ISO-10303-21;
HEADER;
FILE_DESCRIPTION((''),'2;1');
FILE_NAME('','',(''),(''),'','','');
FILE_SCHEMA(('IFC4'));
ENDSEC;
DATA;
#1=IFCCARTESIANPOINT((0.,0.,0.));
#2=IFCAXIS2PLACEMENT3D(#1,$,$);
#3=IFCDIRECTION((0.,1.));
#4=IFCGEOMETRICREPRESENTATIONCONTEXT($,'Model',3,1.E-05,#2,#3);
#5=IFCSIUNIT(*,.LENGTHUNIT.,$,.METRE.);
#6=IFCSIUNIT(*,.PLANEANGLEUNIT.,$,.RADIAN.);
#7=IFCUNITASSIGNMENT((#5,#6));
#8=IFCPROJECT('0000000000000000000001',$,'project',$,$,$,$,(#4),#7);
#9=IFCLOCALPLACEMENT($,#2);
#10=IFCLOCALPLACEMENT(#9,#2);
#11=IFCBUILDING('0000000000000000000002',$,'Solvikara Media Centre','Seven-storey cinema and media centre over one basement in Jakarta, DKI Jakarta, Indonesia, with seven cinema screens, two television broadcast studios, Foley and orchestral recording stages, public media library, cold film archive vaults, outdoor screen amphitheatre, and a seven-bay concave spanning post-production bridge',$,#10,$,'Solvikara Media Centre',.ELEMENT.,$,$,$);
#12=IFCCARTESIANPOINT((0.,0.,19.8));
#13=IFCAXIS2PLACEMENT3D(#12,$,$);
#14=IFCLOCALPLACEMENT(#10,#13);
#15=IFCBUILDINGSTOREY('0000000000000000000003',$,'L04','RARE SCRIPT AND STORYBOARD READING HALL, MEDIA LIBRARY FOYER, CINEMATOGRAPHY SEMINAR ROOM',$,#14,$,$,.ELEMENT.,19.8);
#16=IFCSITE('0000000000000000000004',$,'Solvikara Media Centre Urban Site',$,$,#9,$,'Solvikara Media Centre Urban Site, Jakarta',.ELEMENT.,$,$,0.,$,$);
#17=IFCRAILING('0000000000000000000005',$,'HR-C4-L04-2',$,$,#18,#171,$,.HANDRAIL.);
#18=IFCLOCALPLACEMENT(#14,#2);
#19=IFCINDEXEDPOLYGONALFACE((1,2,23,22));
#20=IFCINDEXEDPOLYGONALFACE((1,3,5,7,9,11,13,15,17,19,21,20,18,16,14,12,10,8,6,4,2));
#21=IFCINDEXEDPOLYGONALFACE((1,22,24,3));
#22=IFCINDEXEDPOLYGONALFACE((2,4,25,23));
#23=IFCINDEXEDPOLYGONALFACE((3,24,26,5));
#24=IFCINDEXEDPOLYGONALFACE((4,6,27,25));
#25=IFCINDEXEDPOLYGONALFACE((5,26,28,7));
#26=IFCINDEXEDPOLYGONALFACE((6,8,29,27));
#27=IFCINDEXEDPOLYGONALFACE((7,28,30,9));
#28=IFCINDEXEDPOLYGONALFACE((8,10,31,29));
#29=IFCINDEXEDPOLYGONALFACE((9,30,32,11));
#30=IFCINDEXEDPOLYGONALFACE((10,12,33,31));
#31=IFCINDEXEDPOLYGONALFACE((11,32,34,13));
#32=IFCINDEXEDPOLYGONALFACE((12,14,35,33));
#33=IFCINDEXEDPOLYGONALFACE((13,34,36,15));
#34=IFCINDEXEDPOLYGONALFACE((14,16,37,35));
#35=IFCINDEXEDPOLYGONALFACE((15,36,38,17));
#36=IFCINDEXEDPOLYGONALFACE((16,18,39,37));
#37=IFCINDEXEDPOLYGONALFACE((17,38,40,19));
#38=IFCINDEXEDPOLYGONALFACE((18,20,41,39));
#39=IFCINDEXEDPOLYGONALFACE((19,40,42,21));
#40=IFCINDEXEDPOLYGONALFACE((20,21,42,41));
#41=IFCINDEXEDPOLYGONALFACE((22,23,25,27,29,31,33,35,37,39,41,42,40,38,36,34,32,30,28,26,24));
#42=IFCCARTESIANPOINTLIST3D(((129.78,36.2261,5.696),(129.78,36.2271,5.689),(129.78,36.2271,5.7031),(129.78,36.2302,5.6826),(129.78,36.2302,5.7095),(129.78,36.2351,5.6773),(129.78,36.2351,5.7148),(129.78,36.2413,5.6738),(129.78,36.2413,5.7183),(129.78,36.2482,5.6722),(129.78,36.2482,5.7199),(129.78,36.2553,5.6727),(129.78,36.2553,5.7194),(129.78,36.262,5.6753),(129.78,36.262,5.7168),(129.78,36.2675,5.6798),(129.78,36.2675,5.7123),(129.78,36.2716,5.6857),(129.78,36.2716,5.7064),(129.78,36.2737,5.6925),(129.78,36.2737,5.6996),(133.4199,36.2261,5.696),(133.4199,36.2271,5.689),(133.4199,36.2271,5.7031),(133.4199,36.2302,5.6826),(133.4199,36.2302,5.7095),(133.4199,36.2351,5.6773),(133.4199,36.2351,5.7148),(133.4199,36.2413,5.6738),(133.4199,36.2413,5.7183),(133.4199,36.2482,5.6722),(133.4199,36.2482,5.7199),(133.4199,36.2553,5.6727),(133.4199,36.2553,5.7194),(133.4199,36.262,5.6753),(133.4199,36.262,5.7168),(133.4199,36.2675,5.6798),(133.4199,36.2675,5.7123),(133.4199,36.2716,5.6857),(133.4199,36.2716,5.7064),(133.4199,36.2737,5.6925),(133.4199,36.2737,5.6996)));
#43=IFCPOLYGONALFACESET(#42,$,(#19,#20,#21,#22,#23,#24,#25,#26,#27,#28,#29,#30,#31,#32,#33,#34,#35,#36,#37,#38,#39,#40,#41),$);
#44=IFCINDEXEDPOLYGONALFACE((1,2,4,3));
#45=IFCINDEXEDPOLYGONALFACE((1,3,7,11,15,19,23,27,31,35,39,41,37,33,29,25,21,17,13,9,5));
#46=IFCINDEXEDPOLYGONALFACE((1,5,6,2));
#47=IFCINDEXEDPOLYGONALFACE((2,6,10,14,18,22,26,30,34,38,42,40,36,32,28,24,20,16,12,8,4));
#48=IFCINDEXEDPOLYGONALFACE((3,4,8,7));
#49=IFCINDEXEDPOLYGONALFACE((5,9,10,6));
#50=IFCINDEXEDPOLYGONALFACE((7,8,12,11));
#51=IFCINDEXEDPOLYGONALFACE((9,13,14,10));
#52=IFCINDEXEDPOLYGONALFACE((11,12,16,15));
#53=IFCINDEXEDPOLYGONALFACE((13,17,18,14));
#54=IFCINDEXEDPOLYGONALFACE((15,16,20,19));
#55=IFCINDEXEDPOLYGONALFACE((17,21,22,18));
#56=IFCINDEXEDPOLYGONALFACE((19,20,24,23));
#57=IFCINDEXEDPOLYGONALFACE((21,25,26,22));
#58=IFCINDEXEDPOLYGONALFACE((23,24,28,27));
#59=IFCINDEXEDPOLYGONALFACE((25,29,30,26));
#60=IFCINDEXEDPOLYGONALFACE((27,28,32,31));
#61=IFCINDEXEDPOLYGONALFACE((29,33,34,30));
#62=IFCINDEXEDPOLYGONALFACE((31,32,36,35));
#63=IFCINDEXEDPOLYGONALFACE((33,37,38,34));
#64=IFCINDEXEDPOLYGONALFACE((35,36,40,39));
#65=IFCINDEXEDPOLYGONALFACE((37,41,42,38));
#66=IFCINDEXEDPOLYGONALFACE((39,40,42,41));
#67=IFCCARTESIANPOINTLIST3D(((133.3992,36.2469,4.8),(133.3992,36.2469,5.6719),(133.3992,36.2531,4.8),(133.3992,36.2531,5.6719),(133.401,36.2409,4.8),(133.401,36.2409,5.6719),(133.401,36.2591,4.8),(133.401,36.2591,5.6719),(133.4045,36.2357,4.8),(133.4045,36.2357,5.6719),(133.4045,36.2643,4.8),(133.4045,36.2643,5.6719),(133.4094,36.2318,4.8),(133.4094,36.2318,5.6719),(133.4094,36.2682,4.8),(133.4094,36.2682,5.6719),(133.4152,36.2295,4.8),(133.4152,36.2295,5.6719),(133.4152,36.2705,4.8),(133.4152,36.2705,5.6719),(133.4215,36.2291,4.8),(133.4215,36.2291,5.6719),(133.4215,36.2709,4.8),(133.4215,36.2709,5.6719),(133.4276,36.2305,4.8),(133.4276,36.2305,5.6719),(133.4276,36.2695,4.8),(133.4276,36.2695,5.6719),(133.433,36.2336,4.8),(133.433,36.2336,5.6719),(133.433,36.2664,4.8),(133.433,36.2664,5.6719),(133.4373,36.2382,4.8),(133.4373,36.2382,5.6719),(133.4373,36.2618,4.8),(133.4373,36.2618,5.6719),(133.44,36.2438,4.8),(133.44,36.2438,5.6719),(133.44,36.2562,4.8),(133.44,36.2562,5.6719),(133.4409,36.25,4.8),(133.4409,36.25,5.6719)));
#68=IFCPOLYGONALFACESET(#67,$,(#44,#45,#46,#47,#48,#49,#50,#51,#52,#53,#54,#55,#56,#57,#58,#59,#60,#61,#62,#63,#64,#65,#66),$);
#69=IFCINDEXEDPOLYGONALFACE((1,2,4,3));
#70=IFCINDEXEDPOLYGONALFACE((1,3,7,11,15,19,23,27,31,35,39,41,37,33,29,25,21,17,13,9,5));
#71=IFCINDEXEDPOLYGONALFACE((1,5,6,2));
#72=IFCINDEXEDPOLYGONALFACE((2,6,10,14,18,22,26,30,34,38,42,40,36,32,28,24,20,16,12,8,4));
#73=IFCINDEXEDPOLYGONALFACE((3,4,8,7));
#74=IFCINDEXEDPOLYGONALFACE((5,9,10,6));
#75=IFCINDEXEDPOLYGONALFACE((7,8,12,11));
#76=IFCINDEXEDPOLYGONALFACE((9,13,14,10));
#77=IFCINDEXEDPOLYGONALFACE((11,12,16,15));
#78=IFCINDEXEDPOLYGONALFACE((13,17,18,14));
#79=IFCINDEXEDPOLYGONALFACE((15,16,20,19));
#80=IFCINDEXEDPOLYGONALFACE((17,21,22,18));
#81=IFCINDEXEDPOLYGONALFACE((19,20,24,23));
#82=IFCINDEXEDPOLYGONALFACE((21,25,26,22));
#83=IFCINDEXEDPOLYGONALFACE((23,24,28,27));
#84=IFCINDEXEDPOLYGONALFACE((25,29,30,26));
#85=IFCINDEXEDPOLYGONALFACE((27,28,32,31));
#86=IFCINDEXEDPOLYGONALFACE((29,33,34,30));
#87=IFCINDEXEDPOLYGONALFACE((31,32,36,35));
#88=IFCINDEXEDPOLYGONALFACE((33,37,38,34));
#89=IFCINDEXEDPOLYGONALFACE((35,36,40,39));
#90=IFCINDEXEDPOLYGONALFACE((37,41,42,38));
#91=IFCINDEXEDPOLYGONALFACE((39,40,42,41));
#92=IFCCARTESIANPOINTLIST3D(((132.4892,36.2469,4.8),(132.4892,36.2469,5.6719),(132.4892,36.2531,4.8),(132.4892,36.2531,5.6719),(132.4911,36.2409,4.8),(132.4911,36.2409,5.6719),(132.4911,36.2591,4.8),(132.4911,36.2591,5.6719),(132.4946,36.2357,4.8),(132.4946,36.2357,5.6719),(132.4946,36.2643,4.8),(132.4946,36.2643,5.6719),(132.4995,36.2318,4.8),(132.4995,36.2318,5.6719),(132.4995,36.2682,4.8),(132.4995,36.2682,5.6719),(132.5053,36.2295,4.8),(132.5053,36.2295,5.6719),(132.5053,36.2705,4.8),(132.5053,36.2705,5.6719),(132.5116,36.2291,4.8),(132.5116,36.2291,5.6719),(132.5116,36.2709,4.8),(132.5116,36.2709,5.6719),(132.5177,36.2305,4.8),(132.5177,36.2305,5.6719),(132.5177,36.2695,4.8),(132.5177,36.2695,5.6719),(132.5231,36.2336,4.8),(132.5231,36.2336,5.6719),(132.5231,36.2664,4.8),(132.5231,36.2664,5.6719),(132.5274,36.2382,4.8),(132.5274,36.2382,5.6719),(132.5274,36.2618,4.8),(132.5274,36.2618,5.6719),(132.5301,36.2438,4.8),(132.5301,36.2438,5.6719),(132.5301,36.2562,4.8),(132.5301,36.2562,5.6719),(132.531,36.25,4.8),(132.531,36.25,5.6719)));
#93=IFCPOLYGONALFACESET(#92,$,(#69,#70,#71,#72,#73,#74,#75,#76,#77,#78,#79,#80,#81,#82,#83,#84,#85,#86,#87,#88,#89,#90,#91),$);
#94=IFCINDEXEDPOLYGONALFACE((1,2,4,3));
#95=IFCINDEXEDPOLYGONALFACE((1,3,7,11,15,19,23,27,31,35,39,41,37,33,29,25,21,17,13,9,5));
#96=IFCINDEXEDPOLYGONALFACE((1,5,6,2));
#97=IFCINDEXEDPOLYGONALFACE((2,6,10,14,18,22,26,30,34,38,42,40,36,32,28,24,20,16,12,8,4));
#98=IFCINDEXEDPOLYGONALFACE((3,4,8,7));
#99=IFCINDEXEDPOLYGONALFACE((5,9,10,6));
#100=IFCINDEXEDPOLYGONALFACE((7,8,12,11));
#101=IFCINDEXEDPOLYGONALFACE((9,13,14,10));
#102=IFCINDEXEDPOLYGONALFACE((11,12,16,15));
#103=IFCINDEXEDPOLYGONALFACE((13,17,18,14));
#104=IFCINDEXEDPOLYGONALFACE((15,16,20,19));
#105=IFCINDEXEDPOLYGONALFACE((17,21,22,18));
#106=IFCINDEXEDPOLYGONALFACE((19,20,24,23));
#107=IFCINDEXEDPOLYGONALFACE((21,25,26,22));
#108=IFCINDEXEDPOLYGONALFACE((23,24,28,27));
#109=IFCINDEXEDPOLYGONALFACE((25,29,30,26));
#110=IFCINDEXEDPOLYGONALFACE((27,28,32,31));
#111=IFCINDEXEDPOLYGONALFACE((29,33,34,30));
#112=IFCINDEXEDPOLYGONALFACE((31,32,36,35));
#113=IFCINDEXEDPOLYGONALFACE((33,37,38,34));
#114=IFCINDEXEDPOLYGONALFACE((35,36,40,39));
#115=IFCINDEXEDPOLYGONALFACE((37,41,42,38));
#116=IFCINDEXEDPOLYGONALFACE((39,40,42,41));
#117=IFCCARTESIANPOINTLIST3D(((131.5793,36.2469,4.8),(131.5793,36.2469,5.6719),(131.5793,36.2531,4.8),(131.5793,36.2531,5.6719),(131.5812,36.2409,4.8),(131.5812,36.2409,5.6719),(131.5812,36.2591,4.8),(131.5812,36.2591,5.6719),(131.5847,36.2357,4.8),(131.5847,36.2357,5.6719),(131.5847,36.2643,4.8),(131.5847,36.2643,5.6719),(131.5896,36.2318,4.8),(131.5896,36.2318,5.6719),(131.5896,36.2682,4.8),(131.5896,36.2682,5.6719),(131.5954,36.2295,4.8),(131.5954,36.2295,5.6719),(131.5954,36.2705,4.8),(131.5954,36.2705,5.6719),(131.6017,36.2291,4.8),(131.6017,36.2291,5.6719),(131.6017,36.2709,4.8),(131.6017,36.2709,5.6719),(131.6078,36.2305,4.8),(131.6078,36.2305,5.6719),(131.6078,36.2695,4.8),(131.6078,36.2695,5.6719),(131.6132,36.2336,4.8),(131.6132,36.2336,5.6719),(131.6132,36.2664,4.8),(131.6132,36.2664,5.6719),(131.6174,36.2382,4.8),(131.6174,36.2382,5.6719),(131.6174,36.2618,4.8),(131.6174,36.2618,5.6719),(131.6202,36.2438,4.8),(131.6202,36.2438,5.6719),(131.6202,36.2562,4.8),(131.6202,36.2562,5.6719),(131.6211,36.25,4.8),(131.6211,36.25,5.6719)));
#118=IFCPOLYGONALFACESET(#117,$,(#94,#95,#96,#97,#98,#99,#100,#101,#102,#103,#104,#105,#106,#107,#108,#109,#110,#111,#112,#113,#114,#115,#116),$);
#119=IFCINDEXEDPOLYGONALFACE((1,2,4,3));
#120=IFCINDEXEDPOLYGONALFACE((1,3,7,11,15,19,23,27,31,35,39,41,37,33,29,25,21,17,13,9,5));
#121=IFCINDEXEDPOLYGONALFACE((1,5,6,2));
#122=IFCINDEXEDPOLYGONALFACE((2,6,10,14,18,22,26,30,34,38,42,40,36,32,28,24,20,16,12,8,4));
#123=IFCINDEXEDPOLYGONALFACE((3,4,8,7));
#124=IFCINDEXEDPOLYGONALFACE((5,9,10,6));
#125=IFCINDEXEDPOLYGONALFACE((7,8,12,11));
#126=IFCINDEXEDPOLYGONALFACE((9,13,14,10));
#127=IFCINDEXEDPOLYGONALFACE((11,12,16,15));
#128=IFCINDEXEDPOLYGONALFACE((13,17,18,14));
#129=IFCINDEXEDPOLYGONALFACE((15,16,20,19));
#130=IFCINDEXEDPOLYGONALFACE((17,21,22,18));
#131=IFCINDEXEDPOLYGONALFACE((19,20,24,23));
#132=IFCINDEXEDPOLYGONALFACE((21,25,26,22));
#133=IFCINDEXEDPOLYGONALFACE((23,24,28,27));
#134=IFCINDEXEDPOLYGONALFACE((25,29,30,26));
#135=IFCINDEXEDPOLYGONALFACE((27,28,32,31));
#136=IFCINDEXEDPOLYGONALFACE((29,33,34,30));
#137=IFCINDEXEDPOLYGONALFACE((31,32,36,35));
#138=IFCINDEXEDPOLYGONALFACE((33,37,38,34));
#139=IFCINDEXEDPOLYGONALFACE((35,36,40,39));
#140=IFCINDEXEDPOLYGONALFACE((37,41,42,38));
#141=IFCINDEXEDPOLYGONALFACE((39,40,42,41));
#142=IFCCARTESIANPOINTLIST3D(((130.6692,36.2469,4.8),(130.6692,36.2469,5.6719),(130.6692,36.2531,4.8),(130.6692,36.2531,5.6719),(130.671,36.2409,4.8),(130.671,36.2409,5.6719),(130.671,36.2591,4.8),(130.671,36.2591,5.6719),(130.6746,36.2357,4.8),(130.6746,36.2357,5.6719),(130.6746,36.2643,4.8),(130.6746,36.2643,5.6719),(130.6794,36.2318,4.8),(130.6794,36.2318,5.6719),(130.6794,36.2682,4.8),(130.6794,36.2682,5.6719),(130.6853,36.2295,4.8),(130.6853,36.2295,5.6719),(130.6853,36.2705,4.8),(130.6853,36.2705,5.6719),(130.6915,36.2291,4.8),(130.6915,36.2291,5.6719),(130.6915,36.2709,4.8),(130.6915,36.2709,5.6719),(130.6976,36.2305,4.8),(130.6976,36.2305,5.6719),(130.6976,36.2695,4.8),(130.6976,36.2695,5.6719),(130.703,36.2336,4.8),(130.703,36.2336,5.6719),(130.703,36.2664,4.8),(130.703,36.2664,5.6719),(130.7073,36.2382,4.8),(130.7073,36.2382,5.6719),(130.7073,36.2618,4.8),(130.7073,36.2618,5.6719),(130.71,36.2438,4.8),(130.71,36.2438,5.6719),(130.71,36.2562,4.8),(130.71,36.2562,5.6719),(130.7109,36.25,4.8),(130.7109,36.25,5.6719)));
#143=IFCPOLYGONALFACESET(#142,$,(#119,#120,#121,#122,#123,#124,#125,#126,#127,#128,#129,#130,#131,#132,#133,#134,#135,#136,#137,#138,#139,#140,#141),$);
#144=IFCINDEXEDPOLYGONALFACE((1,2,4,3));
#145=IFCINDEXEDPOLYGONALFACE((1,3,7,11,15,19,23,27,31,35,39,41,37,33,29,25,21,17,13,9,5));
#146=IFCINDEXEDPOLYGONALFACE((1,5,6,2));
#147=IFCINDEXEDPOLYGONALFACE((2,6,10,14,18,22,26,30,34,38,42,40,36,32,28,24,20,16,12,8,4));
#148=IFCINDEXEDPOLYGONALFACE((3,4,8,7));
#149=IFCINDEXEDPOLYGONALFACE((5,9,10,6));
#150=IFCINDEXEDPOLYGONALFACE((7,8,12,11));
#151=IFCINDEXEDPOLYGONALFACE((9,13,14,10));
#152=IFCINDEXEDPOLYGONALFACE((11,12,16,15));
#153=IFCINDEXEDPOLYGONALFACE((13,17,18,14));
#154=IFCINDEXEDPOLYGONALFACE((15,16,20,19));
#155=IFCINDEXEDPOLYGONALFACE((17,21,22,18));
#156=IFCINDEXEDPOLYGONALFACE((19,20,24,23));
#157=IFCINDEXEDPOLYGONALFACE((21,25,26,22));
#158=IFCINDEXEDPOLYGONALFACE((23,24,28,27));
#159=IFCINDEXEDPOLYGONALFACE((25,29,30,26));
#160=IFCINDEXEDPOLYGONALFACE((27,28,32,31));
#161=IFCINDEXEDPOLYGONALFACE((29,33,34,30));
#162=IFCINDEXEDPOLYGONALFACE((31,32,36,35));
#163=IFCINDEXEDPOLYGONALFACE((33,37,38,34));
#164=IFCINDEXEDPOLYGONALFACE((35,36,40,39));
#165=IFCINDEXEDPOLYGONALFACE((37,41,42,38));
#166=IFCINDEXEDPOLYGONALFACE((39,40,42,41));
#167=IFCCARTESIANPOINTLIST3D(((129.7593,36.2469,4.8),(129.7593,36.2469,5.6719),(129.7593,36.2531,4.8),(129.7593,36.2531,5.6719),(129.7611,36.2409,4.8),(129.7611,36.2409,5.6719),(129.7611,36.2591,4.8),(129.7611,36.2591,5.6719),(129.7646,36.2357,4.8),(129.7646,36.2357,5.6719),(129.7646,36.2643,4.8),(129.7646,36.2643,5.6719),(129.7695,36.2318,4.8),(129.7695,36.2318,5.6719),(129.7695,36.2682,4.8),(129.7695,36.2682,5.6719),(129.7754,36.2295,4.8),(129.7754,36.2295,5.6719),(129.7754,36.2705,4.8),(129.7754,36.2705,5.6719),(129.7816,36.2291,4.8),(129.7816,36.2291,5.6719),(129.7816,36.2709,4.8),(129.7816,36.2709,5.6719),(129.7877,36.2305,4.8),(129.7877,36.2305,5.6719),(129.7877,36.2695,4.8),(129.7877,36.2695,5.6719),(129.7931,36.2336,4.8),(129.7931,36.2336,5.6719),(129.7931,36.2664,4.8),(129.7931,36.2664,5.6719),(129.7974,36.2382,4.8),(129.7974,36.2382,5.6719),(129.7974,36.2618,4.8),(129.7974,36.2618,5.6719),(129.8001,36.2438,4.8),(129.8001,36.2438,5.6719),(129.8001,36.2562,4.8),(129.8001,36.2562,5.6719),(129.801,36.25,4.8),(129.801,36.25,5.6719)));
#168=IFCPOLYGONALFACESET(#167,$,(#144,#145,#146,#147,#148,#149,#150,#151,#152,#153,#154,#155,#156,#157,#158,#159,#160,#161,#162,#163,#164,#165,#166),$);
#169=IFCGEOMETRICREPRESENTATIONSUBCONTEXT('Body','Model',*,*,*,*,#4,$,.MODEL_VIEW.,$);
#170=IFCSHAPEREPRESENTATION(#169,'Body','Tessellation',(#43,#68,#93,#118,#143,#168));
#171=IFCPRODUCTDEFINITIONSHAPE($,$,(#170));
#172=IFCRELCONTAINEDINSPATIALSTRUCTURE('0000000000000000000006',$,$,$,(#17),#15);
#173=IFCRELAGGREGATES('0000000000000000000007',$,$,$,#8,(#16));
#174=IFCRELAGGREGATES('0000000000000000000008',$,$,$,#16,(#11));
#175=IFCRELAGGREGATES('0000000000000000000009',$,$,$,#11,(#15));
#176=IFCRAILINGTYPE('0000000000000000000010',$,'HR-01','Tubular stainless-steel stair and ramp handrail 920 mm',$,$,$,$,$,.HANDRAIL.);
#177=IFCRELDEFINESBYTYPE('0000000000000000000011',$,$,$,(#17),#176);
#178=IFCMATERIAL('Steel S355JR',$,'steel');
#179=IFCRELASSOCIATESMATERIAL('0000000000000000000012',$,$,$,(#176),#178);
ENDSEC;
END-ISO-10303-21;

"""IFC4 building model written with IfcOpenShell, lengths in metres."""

from ifc_helpers import new_model, si_unit, direction, frame, origin, origin_2d, place, context, subcontext, project, spatial, circle, extrude, material, type_object, element, save


model = new_model("IFC4")

# Units and contexts
model_context = context("Model", 3, precision=1e-05, world=origin(), true_north=direction((0.0, 1.0)))
body_context = subcontext(model_context, "Body", "Model", "MODEL_VIEW")
ifc_project = project(units=[si_unit("LENGTHUNIT", "METRE"), si_unit("PLANEANGLEUNIT", "RADIAN")], contexts=[model_context])

# Site, building, storey
site_placement = place(None, origin())
site = spatial("IfcSite", under=ifc_project, at=site_placement, Name="Solvikara Media Centre Urban Site", LongName="Solvikara Media Centre Urban Site, Jakarta", CompositionType="ELEMENT", RefElevation=0.0)
building_placement = place(site_placement, origin())
building = spatial("IfcBuilding", under=site, at=building_placement, Name="Solvikara Media Centre", Description="Seven-storey cinema and media centre over one basement in Jakarta, DKI Jakarta, Indonesia, with seven cinema screens, two television broadcast studios, Foley and orchestral recording stages, public media library, cold film archive vaults, outdoor screen amphitheatre, and a seven-bay concave spanning post-production bridge", LongName="Solvikara Media Centre", CompositionType="ELEMENT")
storey_placement = place(building_placement, frame((0.0, 0.0, 19.8)))
storey = spatial("IfcBuildingStorey", under=building, at=storey_placement, Name="L04", Description="RARE SCRIPT AND STORYBOARD READING HALL, MEDIA LIBRARY FOYER, CINEMATOGRAPHY SEMINAR ROOM", CompositionType="ELEMENT", Elevation=19.8)

# Shared definitions
ifc_material_1 = material(Name="Steel S355JR", Category="steel")

# Railing
railing_type_1 = type_object("IfcRailingType", Name="HR-01", Description="Tubular stainless-steel stair and ramp handrail 920 mm", PredefinedType="HANDRAIL", material=ifc_material_1)
railing_1_placement = place(storey_placement, frame((133.4199, 36.25, 4.8)))
element("IfcRailing", 1, at=railing_1_placement, inside=storey, type_object=railing_type_1, Name="HR-C4-L04-2", PredefinedType="HANDRAIL", context=body_context, shape_type="SweptSolid", body=[
    extrude(circle(Radius=0.0239, at=origin_2d()), frame((0.0, 0.0, 0.896), z_axis=(-1.0, 0.0, 0.0), x_axis=(0.0, -1.0, 0.0)), (0.0, 0.0, 1.0), 3.6399),
    extrude(circle(Radius=0.021, at=origin_2d()), origin(), (0.0, 0.0, 1.0), 0.8718),
    extrude(circle(Radius=0.021, at=origin_2d()), frame((-0.9099, 0.0, 0.0)), (0.0, 0.0, 1.0), 0.8718),
    extrude(circle(Radius=0.021, at=origin_2d()), frame((-1.8198, 0.0, 0.0)), (0.0, 0.0, 1.0), 0.8718),
    extrude(circle(Radius=0.021, at=origin_2d()), frame((-2.73, 0.0, 0.0)), (0.0, 0.0, 1.0), 0.8718),
    extrude(circle(Radius=0.021, at=origin_2d()), frame((-3.6399, 0.0, 0.0)), (0.0, 0.0, 1.0), 0.8718),
])

save(model, "model.ifc")
